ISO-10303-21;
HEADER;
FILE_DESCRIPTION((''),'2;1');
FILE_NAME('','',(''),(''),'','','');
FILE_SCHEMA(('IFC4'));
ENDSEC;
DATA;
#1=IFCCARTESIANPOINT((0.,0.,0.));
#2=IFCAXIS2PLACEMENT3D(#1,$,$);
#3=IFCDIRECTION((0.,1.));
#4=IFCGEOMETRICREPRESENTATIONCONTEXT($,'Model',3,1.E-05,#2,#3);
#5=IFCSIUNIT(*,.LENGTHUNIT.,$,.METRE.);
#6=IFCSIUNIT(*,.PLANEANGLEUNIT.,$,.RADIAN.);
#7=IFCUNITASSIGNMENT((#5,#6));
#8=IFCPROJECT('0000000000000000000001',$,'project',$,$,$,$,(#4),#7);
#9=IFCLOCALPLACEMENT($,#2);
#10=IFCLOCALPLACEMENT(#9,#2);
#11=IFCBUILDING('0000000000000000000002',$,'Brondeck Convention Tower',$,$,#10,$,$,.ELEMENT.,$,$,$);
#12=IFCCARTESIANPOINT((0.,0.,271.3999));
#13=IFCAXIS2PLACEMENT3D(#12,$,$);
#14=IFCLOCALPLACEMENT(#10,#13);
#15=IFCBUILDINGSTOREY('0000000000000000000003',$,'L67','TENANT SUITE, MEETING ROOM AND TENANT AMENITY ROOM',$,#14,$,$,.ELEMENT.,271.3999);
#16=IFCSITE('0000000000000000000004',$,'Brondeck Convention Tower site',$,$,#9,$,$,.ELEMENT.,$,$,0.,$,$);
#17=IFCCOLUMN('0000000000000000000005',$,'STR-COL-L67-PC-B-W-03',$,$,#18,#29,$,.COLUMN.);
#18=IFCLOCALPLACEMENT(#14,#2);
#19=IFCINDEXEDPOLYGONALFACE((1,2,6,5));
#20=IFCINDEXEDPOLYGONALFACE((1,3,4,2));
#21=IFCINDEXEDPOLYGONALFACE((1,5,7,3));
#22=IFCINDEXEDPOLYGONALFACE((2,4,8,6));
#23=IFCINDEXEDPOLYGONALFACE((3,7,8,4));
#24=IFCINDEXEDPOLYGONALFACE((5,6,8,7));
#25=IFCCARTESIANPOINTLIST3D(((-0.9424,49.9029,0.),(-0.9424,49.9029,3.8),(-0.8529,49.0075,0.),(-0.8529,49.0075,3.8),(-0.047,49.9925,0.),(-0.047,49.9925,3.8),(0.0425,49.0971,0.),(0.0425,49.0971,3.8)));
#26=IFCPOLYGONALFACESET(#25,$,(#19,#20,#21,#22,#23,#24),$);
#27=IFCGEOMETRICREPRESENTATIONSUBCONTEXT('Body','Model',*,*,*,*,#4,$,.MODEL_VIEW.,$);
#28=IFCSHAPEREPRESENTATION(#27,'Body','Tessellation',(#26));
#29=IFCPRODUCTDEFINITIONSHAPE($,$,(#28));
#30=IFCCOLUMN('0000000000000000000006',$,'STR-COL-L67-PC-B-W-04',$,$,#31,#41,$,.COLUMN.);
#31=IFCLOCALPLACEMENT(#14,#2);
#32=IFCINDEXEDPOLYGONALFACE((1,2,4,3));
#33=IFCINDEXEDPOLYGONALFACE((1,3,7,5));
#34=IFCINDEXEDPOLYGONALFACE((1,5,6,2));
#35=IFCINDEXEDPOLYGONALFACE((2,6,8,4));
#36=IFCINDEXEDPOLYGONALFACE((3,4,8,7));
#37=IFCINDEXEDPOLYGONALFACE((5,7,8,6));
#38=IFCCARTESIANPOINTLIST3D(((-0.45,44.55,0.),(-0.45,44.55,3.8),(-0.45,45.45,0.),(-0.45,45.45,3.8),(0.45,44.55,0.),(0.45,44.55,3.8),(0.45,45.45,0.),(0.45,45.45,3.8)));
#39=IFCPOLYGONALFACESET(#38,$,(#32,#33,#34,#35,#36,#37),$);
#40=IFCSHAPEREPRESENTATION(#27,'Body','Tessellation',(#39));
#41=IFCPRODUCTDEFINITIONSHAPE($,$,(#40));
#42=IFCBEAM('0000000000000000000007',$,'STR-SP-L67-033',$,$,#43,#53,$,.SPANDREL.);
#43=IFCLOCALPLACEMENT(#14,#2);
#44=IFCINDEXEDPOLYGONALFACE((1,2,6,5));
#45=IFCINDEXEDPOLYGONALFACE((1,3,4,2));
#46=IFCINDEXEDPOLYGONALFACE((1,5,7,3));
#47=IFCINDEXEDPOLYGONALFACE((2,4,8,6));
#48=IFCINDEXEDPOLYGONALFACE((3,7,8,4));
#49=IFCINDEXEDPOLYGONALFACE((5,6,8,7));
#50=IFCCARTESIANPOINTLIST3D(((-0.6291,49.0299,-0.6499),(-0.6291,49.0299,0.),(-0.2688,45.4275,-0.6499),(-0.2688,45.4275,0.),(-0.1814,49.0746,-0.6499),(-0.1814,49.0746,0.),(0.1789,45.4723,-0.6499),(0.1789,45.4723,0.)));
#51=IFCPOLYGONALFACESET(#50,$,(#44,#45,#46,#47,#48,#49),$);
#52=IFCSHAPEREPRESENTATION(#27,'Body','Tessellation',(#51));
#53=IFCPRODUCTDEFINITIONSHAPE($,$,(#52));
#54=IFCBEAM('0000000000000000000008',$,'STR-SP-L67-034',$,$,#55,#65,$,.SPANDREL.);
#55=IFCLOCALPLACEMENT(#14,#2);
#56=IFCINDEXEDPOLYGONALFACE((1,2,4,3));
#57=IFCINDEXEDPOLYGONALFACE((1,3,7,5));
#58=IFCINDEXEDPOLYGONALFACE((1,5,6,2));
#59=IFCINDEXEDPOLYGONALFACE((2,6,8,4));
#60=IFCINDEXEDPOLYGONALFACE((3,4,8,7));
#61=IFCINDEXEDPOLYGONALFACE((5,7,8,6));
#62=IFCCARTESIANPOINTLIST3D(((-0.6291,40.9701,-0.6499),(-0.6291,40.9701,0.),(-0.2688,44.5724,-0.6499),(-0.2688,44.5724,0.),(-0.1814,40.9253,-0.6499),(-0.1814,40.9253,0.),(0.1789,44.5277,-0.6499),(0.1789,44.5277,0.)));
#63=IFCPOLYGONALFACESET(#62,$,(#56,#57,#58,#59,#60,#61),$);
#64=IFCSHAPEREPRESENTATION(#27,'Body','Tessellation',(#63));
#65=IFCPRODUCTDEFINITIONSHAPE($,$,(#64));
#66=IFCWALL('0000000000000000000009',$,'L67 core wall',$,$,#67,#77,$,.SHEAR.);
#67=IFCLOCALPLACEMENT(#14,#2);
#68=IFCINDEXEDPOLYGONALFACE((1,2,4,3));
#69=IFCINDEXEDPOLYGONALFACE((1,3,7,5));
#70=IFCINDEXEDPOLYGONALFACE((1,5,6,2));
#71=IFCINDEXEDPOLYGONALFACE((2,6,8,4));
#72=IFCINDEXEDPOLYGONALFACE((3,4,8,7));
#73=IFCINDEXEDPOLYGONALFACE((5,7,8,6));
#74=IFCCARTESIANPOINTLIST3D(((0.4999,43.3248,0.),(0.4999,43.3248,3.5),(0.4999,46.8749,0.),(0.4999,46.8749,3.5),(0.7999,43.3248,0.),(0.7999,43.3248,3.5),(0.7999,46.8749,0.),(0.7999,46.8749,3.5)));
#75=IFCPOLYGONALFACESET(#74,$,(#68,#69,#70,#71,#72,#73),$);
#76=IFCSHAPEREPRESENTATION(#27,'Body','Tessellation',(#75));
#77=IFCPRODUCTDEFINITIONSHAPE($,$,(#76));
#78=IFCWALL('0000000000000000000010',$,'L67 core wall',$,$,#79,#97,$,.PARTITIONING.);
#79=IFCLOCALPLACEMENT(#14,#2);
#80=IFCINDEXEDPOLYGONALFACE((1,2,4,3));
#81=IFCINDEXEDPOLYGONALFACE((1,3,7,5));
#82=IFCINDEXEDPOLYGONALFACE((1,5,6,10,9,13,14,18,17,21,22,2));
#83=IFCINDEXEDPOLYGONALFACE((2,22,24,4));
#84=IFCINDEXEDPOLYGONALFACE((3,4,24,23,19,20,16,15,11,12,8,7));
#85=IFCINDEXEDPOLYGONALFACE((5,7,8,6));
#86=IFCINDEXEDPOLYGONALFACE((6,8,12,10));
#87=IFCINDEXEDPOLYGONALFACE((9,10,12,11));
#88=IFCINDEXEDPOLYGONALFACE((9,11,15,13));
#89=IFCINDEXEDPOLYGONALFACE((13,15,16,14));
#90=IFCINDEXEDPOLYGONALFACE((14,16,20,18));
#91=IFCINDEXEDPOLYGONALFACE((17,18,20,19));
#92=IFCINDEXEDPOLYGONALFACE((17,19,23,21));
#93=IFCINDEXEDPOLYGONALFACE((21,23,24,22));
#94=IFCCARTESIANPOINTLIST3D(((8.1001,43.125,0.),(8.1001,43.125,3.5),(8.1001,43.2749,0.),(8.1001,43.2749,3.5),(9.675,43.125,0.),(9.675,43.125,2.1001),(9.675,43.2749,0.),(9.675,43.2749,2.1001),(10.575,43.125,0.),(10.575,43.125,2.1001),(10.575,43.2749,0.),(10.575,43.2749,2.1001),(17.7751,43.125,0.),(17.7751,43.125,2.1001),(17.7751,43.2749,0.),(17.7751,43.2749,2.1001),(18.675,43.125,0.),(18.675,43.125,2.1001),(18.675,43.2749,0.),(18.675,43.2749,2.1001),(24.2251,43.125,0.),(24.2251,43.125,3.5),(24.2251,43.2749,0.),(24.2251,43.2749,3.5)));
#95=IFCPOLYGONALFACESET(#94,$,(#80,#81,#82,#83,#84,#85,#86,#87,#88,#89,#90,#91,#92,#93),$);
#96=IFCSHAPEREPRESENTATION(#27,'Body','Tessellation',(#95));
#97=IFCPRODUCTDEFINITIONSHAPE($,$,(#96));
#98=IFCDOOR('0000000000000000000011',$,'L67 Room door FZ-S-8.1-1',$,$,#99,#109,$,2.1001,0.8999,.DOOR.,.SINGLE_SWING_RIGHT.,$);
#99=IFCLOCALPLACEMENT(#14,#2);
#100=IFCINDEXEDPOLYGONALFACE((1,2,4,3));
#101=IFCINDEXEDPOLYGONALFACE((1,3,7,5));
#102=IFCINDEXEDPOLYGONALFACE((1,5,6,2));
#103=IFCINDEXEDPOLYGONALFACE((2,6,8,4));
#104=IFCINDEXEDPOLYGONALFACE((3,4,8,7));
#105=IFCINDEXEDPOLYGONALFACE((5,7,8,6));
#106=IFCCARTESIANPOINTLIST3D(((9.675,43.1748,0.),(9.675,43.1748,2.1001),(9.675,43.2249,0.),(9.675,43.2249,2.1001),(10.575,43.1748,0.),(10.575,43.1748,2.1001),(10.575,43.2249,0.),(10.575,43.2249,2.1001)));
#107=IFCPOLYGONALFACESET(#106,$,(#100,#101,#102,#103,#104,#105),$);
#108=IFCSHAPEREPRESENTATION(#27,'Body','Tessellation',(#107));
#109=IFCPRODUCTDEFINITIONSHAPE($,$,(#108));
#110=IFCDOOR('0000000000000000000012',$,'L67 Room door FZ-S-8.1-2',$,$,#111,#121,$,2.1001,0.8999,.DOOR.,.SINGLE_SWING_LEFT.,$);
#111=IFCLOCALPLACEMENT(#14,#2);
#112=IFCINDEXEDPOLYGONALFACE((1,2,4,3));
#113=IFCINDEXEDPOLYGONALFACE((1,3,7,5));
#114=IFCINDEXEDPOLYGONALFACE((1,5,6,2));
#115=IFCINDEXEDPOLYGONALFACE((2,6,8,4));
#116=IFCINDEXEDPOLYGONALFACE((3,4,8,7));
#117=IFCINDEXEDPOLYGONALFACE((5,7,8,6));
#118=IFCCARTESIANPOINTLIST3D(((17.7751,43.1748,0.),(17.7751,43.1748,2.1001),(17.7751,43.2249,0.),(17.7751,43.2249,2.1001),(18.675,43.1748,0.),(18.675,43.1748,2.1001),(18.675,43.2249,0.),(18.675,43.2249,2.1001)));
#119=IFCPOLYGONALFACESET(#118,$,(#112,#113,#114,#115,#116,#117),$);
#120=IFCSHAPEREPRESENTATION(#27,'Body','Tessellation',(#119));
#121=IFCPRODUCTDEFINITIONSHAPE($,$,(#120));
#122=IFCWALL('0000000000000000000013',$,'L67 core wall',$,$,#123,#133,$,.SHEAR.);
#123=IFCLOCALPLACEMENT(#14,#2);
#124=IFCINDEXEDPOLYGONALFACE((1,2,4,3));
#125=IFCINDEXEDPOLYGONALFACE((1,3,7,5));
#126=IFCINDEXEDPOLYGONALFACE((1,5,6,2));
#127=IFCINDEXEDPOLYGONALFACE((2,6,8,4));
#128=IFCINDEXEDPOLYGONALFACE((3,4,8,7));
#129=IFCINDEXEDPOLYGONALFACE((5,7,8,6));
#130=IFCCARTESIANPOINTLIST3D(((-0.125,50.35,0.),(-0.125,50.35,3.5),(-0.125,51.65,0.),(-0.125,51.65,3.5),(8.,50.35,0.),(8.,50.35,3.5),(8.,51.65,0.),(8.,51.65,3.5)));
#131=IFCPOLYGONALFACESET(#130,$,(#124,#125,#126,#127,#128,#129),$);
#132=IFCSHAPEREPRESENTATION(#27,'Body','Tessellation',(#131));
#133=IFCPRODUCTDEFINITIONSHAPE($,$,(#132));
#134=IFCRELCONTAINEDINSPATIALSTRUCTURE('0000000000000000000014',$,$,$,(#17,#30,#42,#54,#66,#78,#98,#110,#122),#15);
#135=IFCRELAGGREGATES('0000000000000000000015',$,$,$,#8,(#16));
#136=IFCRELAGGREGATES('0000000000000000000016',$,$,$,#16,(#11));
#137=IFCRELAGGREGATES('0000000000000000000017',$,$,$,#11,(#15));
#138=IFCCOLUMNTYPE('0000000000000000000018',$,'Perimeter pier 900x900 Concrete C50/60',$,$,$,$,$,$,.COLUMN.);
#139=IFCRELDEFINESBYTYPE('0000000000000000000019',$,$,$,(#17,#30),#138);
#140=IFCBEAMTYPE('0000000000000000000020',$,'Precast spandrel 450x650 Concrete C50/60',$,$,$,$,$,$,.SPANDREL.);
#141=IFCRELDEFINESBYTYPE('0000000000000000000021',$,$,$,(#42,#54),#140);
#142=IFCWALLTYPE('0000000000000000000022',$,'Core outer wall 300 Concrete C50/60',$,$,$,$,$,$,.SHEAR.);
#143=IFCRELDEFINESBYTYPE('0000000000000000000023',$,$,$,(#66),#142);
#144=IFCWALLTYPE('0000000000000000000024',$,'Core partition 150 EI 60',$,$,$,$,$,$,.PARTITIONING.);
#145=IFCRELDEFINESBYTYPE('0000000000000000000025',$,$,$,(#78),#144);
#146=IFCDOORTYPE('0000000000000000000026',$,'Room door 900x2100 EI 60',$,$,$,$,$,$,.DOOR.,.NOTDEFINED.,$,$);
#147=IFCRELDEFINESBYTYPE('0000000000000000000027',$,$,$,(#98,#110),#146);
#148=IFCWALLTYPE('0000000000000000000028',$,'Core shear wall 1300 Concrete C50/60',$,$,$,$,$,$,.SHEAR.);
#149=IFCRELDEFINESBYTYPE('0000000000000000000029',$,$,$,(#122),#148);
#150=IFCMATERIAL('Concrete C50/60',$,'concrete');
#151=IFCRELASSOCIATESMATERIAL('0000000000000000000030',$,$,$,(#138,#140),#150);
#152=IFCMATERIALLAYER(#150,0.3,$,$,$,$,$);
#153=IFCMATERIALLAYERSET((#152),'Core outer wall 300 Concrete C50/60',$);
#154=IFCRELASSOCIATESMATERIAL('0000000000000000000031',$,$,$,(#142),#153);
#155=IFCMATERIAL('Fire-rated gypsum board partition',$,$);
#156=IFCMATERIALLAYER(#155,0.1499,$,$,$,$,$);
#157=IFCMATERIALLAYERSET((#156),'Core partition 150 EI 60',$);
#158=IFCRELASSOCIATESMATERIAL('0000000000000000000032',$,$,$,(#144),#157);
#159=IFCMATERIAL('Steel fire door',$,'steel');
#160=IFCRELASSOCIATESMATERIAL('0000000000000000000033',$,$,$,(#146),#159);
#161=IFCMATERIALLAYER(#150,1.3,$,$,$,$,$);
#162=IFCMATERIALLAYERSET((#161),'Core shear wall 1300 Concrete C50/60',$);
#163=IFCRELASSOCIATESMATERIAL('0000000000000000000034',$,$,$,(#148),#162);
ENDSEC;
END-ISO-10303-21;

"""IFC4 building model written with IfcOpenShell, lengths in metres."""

from ifc_helpers import new_model, si_unit, direction, frame, frame_2d, origin, origin_2d, place, context, subcontext, project, spatial, rectangle, extrude, material, layer, layer_set, material_profile, profile_set, type_object, element, fill, save


model = new_model("IFC4")

# Units and contexts
model_context = context("Model", 3, precision=1e-05, world=origin(), true_north=direction((0.0, 1.0)))
body_context = subcontext(model_context, "Body", "Model", "MODEL_VIEW")
ifc_project = project(units=[si_unit("LENGTHUNIT", "METRE"), si_unit("PLANEANGLEUNIT", "RADIAN")], contexts=[model_context])

# Site, building, storey
site_placement = place(None, origin())
site = spatial("IfcSite", under=ifc_project, at=site_placement, Name="Brondeck Convention Tower site", CompositionType="ELEMENT", RefElevation=0.0)
building_placement = place(site_placement, origin())
building = spatial("IfcBuilding", under=site, at=building_placement, Name="Brondeck Convention Tower", CompositionType="ELEMENT")
storey_placement = place(building_placement, frame((0.0, 0.0, 271.3999)))
storey = spatial("IfcBuildingStorey", under=building, at=storey_placement, Name="L67", Description="TENANT SUITE, MEETING ROOM AND TENANT AMENITY ROOM", CompositionType="ELEMENT", Elevation=271.3999)

# Columns
ifc_material_1 = material(Name="Concrete C50/60", Category="concrete")
ifc_material_profile_1 = material_profile(ifc_material_1, rectangle(XDim=0.8999, YDim=0.8999, at=origin_2d()), Name="Perimeter pier 900x900 Concrete C50/60")
ifc_profile_set_1 = profile_set([ifc_material_profile_1], Name="Concrete C50/60")
column_type = type_object("IfcColumnType", Name="Perimeter pier 900x900 Concrete C50/60", PredefinedType="COLUMN", material=ifc_profile_set_1)
for number, where, z_axis, x_axis, name in (
    (1, (-0.45, 49.5, 0.0), (0.0, 0.0, 1.0), (0.099504, -0.995037, 0.0), "STR-COL-L67-PC-B-W-03"),
    (2, (0.0, 45.0, 0.0), (0.0, 0.0, 1.0), (0.0, -1.0, 0.0), "STR-COL-L67-PC-B-W-04"),
):
    element("IfcColumn", number, at=place(storey_placement, frame(where, z_axis=z_axis, x_axis=x_axis)), inside=storey, type_object=column_type, Name=name, PredefinedType="COLUMN", context=body_context, shape_type="SweptSolid", body=[
        extrude(rectangle(XDim=0.8999, YDim=0.8999, at=origin_2d()), origin(), (0.0, 0.0, 1.0), 3.8),
    ])

# Beams
ifc_material_profile_2 = material_profile(ifc_material_1, rectangle(XDim=0.45, YDim=0.6499, at=origin_2d()), Name="Precast spandrel 450x650 Concrete C50/60")
ifc_profile_set_2 = profile_set([ifc_material_profile_2], Name="Concrete C50/60")
beam_type = type_object("IfcBeamType", Name="Precast spandrel 450x650 Concrete C50/60", PredefinedType="SPANDREL", material=ifc_profile_set_2)
for number, where, z_axis, x_axis, name in (
    (3, (-0.4053, 49.0522, -0.325), (0.099537, -0.995034, 0.0), (0.995034, 0.099537, 0.0), "STR-SP-L67-033"),
    (4, (-0.0449, 44.55, -0.325), (-0.099537, -0.995034, 0.0), (0.995034, -0.099537, 0.0), "STR-SP-L67-034"),
):
    element("IfcBeam", number, at=place(storey_placement, frame(where, z_axis=z_axis, x_axis=x_axis)), inside=storey, type_object=beam_type, Name=name, PredefinedType="SPANDREL", context=body_context, shape_type="SweptSolid", body=[
        extrude(rectangle(XDim=0.45, YDim=0.6499, at=origin_2d()), origin(), (0.0, 0.0, 1.0), 3.6204),
    ])

# Wall
ifc_layer_1 = layer(ifc_material_1, 0.3)
ifc_layer_set_1 = layer_set([ifc_layer_1], Name="Core outer wall 300 Concrete C50/60")
wall_type_1 = type_object("IfcWallType", Name="Core outer wall 300 Concrete C50/60", PredefinedType="SHEAR", material=ifc_layer_set_1)
wall_1_placement = place(storey_placement, frame((0.6499, 43.325, 0.0), z_axis=(0.0, 0.0, 1.0), x_axis=(0.0, 1.0, 0.0)))
element("IfcWall", 5, at=wall_1_placement, inside=storey, type_object=wall_type_1, Name="L67 core wall", PredefinedType="SHEAR", context=body_context, shape_type="SweptSolid", body=[
    extrude(rectangle(XDim=3.55, YDim=0.3, at=frame_2d((1.7749, 0.0))), origin(), (0.0, 0.0, 1.0), 3.5),
])

# Wall, openings, doors
ifc_material_2 = material(Name="Fire-rated gypsum board partition")
ifc_layer_2 = layer(ifc_material_2, 0.1499)
ifc_layer_set_2 = layer_set([ifc_layer_2], Name="Core partition 150 EI 60")
wall_type_2 = type_object("IfcWallType", Name="Core partition 150 EI 60", PredefinedType="PARTITIONING", material=ifc_layer_set_2)
wall_2_placement = place(storey_placement, frame((8.1001, 43.2, 0.0), z_axis=(0.0, 0.0, 1.0), x_axis=(1.0, 0.0, 0.0)))
wall_2 = element("IfcWall", 6, at=wall_2_placement, inside=storey, type_object=wall_type_2, Name="L67 core wall", PredefinedType="PARTITIONING", context=body_context, shape_type="SweptSolid", body=[
    extrude(rectangle(XDim=16.125, YDim=0.1499, at=frame_2d((8.0625, 0.0))), origin(), (0.0, 0.0, 1.0), 3.5),
])
opening_1_placement = place(wall_2_placement, frame((1.575, 0.0, 0.0)))
opening_1 = element("IfcOpeningElement", 7, at=opening_1_placement, cuts=wall_2, PredefinedType="OPENING", context=body_context, shape_type="SweptSolid", body=[
    extrude(rectangle(XDim=0.8999, YDim=2.1001, at=frame_2d((0.45, 1.05))), frame((0.0, 0.085, 0.0), z_axis=(0.0, -1.0, 0.0), x_axis=(1.0, 0.0, 0.0)), (0.0, 0.0, 1.0), 0.1699),
])
opening_2_placement = place(wall_2_placement, frame((9.675, 0.0, 0.0)))
opening_2 = element("IfcOpeningElement", 8, at=opening_2_placement, cuts=wall_2, PredefinedType="OPENING", context=body_context, shape_type="SweptSolid", body=[
    extrude(rectangle(XDim=0.8999, YDim=2.1001, at=frame_2d((0.45, 1.05))), frame((0.0, 0.085, 0.0), z_axis=(0.0, -1.0, 0.0), x_axis=(1.0, 0.0, 0.0)), (0.0, 0.0, 1.0), 0.1699),
])
ifc_material_3 = material(Name="Steel fire door", Category="steel")
door_type_1 = type_object("IfcDoorType", Name="Room door 900x2100 EI 60", OperationType="NOTDEFINED", PredefinedType="DOOR", material=ifc_material_3)
door_1_placement = place(opening_1_placement, origin())
door_1 = element("IfcDoor", 9, at=door_1_placement, inside=storey, type_object=door_type_1, Name="L67 Room door FZ-S-8.1-1", OperationType="SINGLE_SWING_RIGHT", OverallHeight=2.1001, OverallWidth=0.8999, PredefinedType="DOOR", context=body_context, shape_type="SweptSolid", body=[
    extrude(rectangle(XDim=0.8999, YDim=2.1001, at=frame_2d((0.45, 1.05))), frame((0.0, 0.0249, 0.0), z_axis=(0.0, -1.0, 0.0), x_axis=(1.0, 0.0, 0.0)), (0.0, 0.0, 1.0), 0.05),
])
fill(opening_1, door_1)
door_2_placement = place(opening_2_placement, origin())
door_2 = element("IfcDoor", 10, at=door_2_placement, inside=storey, type_object=door_type_1, Name="L67 Room door FZ-S-8.1-2", OperationType="SINGLE_SWING_LEFT", OverallHeight=2.1001, OverallWidth=0.8999, PredefinedType="DOOR", context=body_context, shape_type="SweptSolid", body=[
    extrude(rectangle(XDim=0.8999, YDim=2.1001, at=frame_2d((0.45, 1.05))), frame((0.0, 0.0249, 0.0), z_axis=(0.0, -1.0, 0.0), x_axis=(1.0, 0.0, 0.0)), (0.0, 0.0, 1.0), 0.05),
])
fill(opening_2, door_2)

# Wall
ifc_layer_3 = layer(ifc_material_1, 1.3)
ifc_layer_set_3 = layer_set([ifc_layer_3], Name="Core shear wall 1300 Concrete C50/60")
wall_type_3 = type_object("IfcWallType", Name="Core shear wall 1300 Concrete C50/60", PredefinedType="SHEAR", material=ifc_layer_set_3)
wall_3_placement = place(storey_placement, frame((-0.125, 51.0, 0.0), z_axis=(0.0, 0.0, 1.0), x_axis=(1.0, 0.0, 0.0)))
element("IfcWall", 11, at=wall_3_placement, inside=storey, type_object=wall_type_3, Name="L67 core wall", PredefinedType="SHEAR", context=body_context, shape_type="SweptSolid", body=[
    extrude(rectangle(XDim=8.125, YDim=1.3, at=frame_2d((4.0625, 0.0))), origin(), (0.0, 0.0, 1.0), 3.5),
])

save(model, "model.ifc")
